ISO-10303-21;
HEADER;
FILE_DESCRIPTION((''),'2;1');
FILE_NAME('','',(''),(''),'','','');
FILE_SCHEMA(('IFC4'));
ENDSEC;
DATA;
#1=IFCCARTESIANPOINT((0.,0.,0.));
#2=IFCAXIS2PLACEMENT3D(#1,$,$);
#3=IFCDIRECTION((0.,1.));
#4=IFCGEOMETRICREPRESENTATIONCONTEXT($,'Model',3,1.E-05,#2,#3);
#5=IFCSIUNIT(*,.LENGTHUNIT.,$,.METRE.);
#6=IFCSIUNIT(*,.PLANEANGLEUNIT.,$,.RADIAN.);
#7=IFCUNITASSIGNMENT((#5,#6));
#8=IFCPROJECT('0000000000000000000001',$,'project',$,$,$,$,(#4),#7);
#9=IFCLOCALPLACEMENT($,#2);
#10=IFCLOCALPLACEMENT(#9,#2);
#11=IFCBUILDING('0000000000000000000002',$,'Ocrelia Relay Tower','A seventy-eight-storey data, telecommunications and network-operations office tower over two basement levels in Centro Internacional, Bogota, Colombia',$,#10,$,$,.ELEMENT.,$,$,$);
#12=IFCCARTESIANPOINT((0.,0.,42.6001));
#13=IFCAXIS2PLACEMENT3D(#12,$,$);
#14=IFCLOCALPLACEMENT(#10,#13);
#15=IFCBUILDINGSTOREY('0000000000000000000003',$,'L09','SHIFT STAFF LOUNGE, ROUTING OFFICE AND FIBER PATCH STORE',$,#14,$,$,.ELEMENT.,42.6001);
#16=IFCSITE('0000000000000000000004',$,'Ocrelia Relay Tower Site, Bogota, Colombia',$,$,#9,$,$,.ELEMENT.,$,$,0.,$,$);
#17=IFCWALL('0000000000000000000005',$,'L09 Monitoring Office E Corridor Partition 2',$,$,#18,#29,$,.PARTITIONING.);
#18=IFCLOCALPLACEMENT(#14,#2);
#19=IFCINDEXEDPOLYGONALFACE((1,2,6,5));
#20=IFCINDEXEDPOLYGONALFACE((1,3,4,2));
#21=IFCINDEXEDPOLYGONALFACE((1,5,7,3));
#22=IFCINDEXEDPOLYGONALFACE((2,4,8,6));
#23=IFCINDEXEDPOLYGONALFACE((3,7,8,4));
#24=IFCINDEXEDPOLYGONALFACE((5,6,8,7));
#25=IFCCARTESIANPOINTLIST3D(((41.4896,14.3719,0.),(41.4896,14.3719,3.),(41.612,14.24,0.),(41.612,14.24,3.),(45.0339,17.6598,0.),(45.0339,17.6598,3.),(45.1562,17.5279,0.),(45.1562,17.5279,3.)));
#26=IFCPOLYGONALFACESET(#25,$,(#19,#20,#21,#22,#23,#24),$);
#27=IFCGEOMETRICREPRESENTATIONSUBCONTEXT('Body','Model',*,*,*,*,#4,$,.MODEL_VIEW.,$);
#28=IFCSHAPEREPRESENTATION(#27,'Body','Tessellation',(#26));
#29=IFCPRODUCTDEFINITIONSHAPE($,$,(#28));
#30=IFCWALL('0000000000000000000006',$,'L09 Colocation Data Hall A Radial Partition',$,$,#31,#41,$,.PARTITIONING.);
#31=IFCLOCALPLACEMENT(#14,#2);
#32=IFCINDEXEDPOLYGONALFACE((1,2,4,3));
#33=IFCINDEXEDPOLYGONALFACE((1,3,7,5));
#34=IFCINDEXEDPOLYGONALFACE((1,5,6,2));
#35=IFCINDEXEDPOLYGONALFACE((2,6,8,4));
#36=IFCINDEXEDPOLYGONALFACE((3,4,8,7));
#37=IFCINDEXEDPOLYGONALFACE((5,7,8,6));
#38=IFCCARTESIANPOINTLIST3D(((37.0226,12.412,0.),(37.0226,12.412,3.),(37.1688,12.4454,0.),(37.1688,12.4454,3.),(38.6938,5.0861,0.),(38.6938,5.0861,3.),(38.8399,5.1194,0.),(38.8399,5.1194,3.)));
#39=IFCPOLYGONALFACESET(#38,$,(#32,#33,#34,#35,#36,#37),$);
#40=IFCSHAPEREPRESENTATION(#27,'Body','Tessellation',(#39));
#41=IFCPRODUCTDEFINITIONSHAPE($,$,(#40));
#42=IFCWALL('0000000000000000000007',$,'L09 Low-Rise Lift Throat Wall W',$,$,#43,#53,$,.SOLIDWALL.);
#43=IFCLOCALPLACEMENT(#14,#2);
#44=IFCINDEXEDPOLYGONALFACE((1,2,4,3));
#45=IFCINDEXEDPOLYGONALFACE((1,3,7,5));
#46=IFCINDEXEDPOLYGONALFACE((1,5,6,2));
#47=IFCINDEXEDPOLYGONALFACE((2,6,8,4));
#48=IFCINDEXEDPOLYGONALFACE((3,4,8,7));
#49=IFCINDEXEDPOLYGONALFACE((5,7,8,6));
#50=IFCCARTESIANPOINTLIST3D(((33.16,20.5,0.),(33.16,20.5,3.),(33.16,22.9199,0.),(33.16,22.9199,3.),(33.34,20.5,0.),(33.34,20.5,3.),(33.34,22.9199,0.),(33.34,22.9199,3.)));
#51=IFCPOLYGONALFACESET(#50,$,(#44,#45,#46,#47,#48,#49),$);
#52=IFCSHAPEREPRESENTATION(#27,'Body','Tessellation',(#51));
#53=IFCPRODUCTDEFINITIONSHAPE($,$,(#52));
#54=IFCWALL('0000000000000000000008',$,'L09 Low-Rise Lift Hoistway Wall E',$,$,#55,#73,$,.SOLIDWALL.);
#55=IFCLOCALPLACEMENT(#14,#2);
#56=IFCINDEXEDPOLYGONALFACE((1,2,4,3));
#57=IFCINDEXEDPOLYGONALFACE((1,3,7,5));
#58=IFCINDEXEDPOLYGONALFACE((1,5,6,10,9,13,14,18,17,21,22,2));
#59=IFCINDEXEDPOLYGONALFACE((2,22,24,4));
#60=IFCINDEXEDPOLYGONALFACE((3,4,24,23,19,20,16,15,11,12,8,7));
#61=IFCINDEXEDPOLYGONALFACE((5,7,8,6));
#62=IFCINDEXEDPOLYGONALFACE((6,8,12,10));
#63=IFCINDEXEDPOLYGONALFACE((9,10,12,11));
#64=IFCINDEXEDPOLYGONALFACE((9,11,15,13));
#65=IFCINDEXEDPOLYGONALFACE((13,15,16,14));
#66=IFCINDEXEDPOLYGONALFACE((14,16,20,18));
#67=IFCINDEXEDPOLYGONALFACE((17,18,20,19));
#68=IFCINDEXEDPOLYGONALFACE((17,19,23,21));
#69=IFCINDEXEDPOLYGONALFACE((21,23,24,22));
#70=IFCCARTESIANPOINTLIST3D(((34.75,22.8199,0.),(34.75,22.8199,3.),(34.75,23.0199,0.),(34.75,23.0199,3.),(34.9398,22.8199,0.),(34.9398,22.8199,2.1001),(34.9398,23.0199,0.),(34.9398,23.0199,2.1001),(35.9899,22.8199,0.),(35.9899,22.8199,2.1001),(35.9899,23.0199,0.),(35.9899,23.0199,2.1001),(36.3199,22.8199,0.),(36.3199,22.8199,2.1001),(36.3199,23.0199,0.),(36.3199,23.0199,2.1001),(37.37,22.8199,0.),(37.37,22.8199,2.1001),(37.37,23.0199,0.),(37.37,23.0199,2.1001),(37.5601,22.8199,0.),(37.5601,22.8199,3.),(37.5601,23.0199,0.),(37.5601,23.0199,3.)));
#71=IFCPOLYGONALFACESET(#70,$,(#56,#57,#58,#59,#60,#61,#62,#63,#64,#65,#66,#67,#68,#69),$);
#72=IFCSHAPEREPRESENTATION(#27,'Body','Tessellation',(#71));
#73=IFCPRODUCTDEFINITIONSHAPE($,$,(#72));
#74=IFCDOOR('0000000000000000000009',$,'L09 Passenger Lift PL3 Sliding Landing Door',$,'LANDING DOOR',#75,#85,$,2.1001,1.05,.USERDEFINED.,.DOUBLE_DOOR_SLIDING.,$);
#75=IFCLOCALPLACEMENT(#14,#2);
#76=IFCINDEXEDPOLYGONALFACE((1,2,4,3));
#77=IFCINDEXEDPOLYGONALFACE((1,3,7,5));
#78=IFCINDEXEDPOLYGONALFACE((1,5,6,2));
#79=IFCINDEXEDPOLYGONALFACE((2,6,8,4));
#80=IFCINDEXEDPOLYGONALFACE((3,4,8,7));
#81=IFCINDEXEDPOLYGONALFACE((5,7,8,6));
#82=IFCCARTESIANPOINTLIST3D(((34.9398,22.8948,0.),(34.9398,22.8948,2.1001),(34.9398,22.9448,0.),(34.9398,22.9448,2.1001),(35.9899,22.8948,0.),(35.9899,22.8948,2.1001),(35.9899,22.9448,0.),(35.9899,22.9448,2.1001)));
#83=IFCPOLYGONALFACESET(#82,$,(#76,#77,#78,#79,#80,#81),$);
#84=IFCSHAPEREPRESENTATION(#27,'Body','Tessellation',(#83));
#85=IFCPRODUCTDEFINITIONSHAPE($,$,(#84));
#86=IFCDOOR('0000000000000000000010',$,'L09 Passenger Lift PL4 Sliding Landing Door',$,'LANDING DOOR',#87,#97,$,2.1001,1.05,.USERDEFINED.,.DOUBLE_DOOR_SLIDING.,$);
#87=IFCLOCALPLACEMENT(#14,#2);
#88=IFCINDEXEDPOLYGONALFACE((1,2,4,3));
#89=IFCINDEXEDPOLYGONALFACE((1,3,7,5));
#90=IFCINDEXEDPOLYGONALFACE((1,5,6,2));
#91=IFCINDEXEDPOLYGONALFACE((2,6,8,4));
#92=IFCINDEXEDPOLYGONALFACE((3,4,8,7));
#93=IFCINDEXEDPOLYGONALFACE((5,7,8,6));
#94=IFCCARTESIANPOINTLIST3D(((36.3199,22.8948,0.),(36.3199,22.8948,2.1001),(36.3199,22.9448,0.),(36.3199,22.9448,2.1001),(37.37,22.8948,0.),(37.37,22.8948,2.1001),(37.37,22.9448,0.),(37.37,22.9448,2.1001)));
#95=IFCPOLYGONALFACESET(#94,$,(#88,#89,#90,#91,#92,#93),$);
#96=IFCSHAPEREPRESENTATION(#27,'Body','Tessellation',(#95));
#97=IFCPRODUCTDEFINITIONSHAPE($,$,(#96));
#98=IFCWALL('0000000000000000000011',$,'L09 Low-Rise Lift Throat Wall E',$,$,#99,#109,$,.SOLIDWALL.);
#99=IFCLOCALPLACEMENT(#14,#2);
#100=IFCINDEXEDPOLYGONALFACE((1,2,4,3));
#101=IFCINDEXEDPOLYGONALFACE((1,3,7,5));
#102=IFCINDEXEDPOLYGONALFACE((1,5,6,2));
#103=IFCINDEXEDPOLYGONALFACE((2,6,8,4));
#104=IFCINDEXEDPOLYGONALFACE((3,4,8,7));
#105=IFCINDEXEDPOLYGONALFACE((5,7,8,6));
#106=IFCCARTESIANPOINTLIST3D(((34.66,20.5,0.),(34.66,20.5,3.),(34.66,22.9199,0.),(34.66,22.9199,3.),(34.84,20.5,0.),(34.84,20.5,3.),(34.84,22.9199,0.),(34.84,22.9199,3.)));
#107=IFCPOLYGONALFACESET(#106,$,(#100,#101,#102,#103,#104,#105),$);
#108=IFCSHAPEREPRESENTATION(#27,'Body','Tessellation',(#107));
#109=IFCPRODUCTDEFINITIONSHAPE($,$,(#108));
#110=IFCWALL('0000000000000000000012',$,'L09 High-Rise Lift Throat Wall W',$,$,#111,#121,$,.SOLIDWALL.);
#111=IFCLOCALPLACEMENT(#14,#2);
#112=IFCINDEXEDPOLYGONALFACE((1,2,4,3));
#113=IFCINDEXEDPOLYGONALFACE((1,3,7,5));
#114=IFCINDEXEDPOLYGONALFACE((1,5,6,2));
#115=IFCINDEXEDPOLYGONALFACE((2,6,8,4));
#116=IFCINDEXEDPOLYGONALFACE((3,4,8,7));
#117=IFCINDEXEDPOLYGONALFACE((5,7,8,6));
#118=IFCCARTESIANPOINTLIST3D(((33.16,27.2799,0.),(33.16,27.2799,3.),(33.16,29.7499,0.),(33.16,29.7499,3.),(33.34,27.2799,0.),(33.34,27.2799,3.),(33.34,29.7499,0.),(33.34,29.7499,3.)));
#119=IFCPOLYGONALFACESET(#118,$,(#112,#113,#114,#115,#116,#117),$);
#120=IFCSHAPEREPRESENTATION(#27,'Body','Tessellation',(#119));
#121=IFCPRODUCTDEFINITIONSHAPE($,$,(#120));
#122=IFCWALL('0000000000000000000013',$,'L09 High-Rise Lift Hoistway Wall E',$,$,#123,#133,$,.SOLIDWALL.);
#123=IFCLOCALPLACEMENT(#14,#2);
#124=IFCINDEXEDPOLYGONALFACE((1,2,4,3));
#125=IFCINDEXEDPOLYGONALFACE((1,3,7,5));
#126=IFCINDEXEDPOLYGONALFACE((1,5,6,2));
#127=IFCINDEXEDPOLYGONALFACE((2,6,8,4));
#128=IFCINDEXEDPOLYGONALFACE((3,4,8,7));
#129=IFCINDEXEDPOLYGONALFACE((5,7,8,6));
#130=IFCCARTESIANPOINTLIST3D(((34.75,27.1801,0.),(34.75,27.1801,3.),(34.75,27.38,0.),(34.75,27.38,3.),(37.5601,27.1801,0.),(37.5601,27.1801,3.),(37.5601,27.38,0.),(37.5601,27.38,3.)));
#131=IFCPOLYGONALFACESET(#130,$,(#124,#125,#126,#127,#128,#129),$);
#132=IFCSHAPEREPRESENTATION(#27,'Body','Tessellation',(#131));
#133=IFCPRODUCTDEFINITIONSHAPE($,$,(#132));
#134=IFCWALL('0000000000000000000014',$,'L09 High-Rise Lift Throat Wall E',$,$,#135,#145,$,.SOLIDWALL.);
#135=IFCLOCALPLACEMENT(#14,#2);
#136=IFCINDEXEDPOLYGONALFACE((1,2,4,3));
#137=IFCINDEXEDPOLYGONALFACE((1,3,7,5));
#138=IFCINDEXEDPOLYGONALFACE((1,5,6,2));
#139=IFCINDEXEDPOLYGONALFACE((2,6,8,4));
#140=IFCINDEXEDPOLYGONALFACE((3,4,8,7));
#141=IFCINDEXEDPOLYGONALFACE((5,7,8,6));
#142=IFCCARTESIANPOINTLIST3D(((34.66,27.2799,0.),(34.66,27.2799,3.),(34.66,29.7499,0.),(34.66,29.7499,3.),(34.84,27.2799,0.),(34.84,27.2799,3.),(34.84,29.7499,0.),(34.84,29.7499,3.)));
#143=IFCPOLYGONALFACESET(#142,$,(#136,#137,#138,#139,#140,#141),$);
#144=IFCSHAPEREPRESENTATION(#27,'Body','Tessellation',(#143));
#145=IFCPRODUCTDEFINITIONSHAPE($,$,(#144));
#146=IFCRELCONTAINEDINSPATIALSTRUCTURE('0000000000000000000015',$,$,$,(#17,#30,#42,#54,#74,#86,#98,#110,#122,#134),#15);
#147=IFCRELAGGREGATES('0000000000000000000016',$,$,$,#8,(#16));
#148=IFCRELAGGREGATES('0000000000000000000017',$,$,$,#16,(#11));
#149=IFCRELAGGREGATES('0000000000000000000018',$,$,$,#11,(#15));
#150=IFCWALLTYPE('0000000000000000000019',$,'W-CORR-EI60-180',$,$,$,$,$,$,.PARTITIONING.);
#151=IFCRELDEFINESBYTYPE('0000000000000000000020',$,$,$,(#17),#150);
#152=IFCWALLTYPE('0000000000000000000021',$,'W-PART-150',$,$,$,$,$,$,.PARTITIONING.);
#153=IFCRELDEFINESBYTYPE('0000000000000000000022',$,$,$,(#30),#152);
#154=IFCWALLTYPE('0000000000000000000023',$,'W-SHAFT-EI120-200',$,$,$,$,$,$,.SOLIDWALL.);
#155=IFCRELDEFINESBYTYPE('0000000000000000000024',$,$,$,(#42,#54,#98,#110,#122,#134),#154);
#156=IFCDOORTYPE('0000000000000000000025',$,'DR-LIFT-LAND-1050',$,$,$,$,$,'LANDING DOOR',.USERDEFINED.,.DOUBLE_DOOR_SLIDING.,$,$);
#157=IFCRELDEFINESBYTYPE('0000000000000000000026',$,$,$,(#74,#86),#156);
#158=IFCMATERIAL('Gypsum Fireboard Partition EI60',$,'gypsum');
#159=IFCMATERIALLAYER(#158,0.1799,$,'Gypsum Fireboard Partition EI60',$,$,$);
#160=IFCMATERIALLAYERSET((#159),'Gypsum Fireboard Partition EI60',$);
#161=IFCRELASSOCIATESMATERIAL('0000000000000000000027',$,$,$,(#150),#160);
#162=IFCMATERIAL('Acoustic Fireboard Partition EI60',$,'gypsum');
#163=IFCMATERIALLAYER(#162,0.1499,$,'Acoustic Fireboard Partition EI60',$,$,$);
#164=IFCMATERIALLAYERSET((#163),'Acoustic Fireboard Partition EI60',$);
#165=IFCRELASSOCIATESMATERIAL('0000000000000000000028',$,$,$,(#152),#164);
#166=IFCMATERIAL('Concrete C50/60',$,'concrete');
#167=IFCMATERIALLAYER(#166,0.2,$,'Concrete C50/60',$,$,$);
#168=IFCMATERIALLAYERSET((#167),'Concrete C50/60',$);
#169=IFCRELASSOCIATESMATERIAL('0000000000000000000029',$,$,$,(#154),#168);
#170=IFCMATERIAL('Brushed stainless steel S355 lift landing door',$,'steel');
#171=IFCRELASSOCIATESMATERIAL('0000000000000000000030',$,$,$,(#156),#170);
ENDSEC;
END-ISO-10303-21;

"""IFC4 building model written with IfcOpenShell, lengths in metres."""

from ifc_helpers import new_model, si_unit, direction, frame, frame_2d, origin, place, context, subcontext, project, spatial, rectangle, extrude, material, layer, layer_set, type_object, element, fill, save


model = new_model("IFC4")

# Units and contexts
model_context = context("Model", 3, precision=1e-05, world=origin(), true_north=direction((0.0, 1.0)))
body_context = subcontext(model_context, "Body", "Model", "MODEL_VIEW")
ifc_project = project(units=[si_unit("LENGTHUNIT", "METRE"), si_unit("PLANEANGLEUNIT", "RADIAN")], contexts=[model_context])

# Site, building, storey
site_placement = place(None, origin())
site = spatial("IfcSite", under=ifc_project, at=site_placement, Name="Ocrelia Relay Tower Site, Bogota, Colombia", CompositionType="ELEMENT", RefElevation=0.0)
building_placement = place(site_placement, origin())
building = spatial("IfcBuilding", under=site, at=building_placement, Name="Ocrelia Relay Tower", Description="A seventy-eight-storey data, telecommunications and network-operations office tower over two basement levels in Centro Internacional, Bogota, Colombia", CompositionType="ELEMENT")
storey_placement = place(building_placement, frame((0.0, 0.0, 42.6001)))
storey = spatial("IfcBuildingStorey", under=building, at=storey_placement, Name="L09", Description="SHIFT STAFF LOUNGE, ROUTING OFFICE AND FIBER PATCH STORE", CompositionType="ELEMENT", Elevation=42.6001)

# Shared definitions
ifc_material_1 = material(Name="Gypsum Fireboard Partition EI60", Category="gypsum")
ifc_layer_1 = layer(ifc_material_1, 0.1799, Name="Gypsum Fireboard Partition EI60")
ifc_layer_set_1 = layer_set([ifc_layer_1], Name="Gypsum Fireboard Partition EI60")
wall_type_1 = type_object("IfcWallType", Name="W-CORR-EI60-180", PredefinedType="PARTITIONING", material=ifc_layer_set_1)

# Walls
wall_1_placement = place(storey_placement, frame((41.5508, 14.3059, 0.0), z_axis=(0.0, 0.0, 1.0), x_axis=(0.733123, 0.680097, 0.0)))
element("IfcWall", 1, at=wall_1_placement, inside=storey, type_object=wall_type_1, Name="L09 Monitoring Office E Corridor Partition 2", PredefinedType="PARTITIONING", context=body_context, shape_type="SweptSolid", body=[
    extrude(rectangle(XDim=4.8345, YDim=0.1799, at=frame_2d((2.4172, 0.0))), origin(), (0.0, 0.0, 1.0), 3.0),
])
ifc_material_2 = material(Name="Acoustic Fireboard Partition EI60", Category="gypsum")
ifc_layer_2 = layer(ifc_material_2, 0.1499, Name="Acoustic Fireboard Partition EI60")
ifc_layer_set_2 = layer_set([ifc_layer_2], Name="Acoustic Fireboard Partition EI60")
wall_type_2 = type_object("IfcWallType", Name="W-PART-150", PredefinedType="PARTITIONING", material=ifc_layer_set_2)
wall_2_placement = place(storey_placement, frame((37.0957, 12.4287, 0.0), z_axis=(0.0, 0.0, 1.0), x_axis=(0.2224, -0.974955, 0.0)))
element("IfcWall", 2, at=wall_2_placement, inside=storey, type_object=wall_type_2, Name="L09 Colocation Data Hall A Radial Partition", PredefinedType="PARTITIONING", context=body_context, shape_type="SweptSolid", body=[
    extrude(rectangle(XDim=7.5142, YDim=0.1499, at=frame_2d((3.7571, 0.0))), origin(), (0.0, 0.0, 1.0), 3.0),
])
ifc_material_3 = material(Name="Concrete C50/60", Category="concrete")
ifc_layer_3 = layer(ifc_material_3, 0.2, Name="Concrete C50/60")
ifc_layer_set_3 = layer_set([ifc_layer_3], Name="Concrete C50/60")
wall_type_3 = type_object("IfcWallType", Name="W-SHAFT-EI120-200", PredefinedType="SOLIDWALL", material=ifc_layer_set_3)
wall_3_placement = place(storey_placement, frame((33.25, 20.5, 0.0), z_axis=(0.0, 0.0, 1.0), x_axis=(0.0, 1.0, 0.0)))
element("IfcWall", 3, at=wall_3_placement, inside=storey, type_object=wall_type_3, Name="L09 Low-Rise Lift Throat Wall W", PredefinedType="SOLIDWALL", context=body_context, shape_type="SweptSolid", body=[
    extrude(rectangle(XDim=2.4199, YDim=0.1799, at=frame_2d((1.21, 0.0))), origin(), (0.0, 0.0, 1.0), 3.0),
])

# Wall, openings, doors
wall_4_placement = place(storey_placement, frame((34.75, 22.9199, 0.0), z_axis=(0.0, 0.0, 1.0), x_axis=(1.0, 0.0, 0.0)))
wall_4 = element("IfcWall", 4, at=wall_4_placement, inside=storey, type_object=wall_type_3, Name="L09 Low-Rise Lift Hoistway Wall E", PredefinedType="SOLIDWALL", context=body_context, shape_type="SweptSolid", body=[
    extrude(rectangle(XDim=2.8101, YDim=0.2, at=frame_2d((1.405, 0.0))), origin(), (0.0, 0.0, 1.0), 3.0),
])
opening_1_placement = place(wall_4_placement, frame((0.1899, 0.0, 0.0)))
opening_1 = element("IfcOpeningElement", 5, at=opening_1_placement, cuts=wall_4, PredefinedType="OPENING", context=body_context, shape_type="SweptSolid", body=[
    extrude(rectangle(XDim=1.05, YDim=2.1001, at=frame_2d((0.5249, 1.05))), frame((0.0, 0.1099, 0.0), z_axis=(0.0, -1.0, 0.0), x_axis=(1.0, 0.0, 0.0)), (0.0, 0.0, 1.0), 0.22),
])
opening_2_placement = place(wall_4_placement, frame((1.5701, 0.0, 0.0)))
opening_2 = element("IfcOpeningElement", 6, at=opening_2_placement, cuts=wall_4, PredefinedType="OPENING", context=body_context, shape_type="SweptSolid", body=[
    extrude(rectangle(XDim=1.05, YDim=2.1001, at=frame_2d((0.5249, 1.05))), frame((0.0, 0.1099, 0.0), z_axis=(0.0, -1.0, 0.0), x_axis=(1.0, 0.0, 0.0)), (0.0, 0.0, 1.0), 0.22),
])
ifc_material_4 = material(Name="Brushed stainless steel S355 lift landing door", Category="steel")
door_type_1 = type_object("IfcDoorType", Name="DR-LIFT-LAND-1050", ElementType="LANDING DOOR", OperationType="DOUBLE_DOOR_SLIDING", PredefinedType="USERDEFINED", material=ifc_material_4)
door_1_placement = place(opening_1_placement, origin())
door_1 = element("IfcDoor", 7, at=door_1_placement, inside=storey, type_object=door_type_1, Name="L09 Passenger Lift PL3 Sliding Landing Door", ObjectType="LANDING DOOR", OperationType="DOUBLE_DOOR_SLIDING", OverallHeight=2.1001, OverallWidth=1.05, PredefinedType="USERDEFINED", context=body_context, shape_type="SweptSolid", body=[
    extrude(rectangle(XDim=1.05, YDim=2.1001, at=frame_2d((0.5249, 1.05))), frame((0.0, 0.0249, 0.0), z_axis=(0.0, -1.0, 0.0), x_axis=(1.0, 0.0, 0.0)), (0.0, 0.0, 1.0), 0.05),
])
fill(opening_1, door_1)
door_2_placement = place(opening_2_placement, origin())
door_2 = element("IfcDoor", 8, at=door_2_placement, inside=storey, type_object=door_type_1, Name="L09 Passenger Lift PL4 Sliding Landing Door", ObjectType="LANDING DOOR", OperationType="DOUBLE_DOOR_SLIDING", OverallHeight=2.1001, OverallWidth=1.05, PredefinedType="USERDEFINED", context=body_context, shape_type="SweptSolid", body=[
    extrude(rectangle(XDim=1.05, YDim=2.1001, at=frame_2d((0.5249, 1.05))), frame((0.0, 0.0249, 0.0), z_axis=(0.0, -1.0, 0.0), x_axis=(1.0, 0.0, 0.0)), (0.0, 0.0, 1.0), 0.05),
])
fill(opening_2, door_2)

# Walls
wall_5_placement = place(storey_placement, frame((34.75, 20.5, 0.0), z_axis=(0.0, 0.0, 1.0), x_axis=(0.0, 1.0, 0.0)))
element("IfcWall", 9, at=wall_5_placement, inside=storey, type_object=wall_type_3, Name="L09 Low-Rise Lift Throat Wall E", PredefinedType="SOLIDWALL", context=body_context, shape_type="SweptSolid", body=[
    extrude(rectangle(XDim=2.4199, YDim=0.1799, at=frame_2d((1.21, 0.0))), origin(), (0.0, 0.0, 1.0), 3.0),
])
wall_6_placement = place(storey_placement, frame((33.25, 27.28, 0.0), z_axis=(0.0, 0.0, 1.0), x_axis=(0.0, 1.0, 0.0)))
element("IfcWall", 10, at=wall_6_placement, inside=storey, type_object=wall_type_3, Name="L09 High-Rise Lift Throat Wall W", PredefinedType="SOLIDWALL", context=body_context, shape_type="SweptSolid", body=[
    extrude(rectangle(XDim=2.47, YDim=0.1799, at=frame_2d((1.2349, 0.0))), origin(), (0.0, 0.0, 1.0), 3.0),
])
wall_7_placement = place(storey_placement, frame((34.75, 27.28, 0.0), z_axis=(0.0, 0.0, 1.0), x_axis=(1.0, 0.0, 0.0)))
element("IfcWall", 11, at=wall_7_placement, inside=storey, type_object=wall_type_3, Name="L09 High-Rise Lift Hoistway Wall E", PredefinedType="SOLIDWALL", context=body_context, shape_type="SweptSolid", body=[
    extrude(rectangle(XDim=2.8101, YDim=0.2, at=frame_2d((1.405, 0.0))), origin(), (0.0, 0.0, 1.0), 3.0),
])
wall_8_placement = place(storey_placement, frame((34.75, 27.28, 0.0), z_axis=(0.0, 0.0, 1.0), x_axis=(0.0, 1.0, 0.0)))
element("IfcWall", 12, at=wall_8_placement, inside=storey, type_object=wall_type_3, Name="L09 High-Rise Lift Throat Wall E", PredefinedType="SOLIDWALL", context=body_context, shape_type="SweptSolid", body=[
    extrude(rectangle(XDim=2.47, YDim=0.1799, at=frame_2d((1.2349, 0.0))), origin(), (0.0, 0.0, 1.0), 3.0),
])

save(model, "model.ifc")
